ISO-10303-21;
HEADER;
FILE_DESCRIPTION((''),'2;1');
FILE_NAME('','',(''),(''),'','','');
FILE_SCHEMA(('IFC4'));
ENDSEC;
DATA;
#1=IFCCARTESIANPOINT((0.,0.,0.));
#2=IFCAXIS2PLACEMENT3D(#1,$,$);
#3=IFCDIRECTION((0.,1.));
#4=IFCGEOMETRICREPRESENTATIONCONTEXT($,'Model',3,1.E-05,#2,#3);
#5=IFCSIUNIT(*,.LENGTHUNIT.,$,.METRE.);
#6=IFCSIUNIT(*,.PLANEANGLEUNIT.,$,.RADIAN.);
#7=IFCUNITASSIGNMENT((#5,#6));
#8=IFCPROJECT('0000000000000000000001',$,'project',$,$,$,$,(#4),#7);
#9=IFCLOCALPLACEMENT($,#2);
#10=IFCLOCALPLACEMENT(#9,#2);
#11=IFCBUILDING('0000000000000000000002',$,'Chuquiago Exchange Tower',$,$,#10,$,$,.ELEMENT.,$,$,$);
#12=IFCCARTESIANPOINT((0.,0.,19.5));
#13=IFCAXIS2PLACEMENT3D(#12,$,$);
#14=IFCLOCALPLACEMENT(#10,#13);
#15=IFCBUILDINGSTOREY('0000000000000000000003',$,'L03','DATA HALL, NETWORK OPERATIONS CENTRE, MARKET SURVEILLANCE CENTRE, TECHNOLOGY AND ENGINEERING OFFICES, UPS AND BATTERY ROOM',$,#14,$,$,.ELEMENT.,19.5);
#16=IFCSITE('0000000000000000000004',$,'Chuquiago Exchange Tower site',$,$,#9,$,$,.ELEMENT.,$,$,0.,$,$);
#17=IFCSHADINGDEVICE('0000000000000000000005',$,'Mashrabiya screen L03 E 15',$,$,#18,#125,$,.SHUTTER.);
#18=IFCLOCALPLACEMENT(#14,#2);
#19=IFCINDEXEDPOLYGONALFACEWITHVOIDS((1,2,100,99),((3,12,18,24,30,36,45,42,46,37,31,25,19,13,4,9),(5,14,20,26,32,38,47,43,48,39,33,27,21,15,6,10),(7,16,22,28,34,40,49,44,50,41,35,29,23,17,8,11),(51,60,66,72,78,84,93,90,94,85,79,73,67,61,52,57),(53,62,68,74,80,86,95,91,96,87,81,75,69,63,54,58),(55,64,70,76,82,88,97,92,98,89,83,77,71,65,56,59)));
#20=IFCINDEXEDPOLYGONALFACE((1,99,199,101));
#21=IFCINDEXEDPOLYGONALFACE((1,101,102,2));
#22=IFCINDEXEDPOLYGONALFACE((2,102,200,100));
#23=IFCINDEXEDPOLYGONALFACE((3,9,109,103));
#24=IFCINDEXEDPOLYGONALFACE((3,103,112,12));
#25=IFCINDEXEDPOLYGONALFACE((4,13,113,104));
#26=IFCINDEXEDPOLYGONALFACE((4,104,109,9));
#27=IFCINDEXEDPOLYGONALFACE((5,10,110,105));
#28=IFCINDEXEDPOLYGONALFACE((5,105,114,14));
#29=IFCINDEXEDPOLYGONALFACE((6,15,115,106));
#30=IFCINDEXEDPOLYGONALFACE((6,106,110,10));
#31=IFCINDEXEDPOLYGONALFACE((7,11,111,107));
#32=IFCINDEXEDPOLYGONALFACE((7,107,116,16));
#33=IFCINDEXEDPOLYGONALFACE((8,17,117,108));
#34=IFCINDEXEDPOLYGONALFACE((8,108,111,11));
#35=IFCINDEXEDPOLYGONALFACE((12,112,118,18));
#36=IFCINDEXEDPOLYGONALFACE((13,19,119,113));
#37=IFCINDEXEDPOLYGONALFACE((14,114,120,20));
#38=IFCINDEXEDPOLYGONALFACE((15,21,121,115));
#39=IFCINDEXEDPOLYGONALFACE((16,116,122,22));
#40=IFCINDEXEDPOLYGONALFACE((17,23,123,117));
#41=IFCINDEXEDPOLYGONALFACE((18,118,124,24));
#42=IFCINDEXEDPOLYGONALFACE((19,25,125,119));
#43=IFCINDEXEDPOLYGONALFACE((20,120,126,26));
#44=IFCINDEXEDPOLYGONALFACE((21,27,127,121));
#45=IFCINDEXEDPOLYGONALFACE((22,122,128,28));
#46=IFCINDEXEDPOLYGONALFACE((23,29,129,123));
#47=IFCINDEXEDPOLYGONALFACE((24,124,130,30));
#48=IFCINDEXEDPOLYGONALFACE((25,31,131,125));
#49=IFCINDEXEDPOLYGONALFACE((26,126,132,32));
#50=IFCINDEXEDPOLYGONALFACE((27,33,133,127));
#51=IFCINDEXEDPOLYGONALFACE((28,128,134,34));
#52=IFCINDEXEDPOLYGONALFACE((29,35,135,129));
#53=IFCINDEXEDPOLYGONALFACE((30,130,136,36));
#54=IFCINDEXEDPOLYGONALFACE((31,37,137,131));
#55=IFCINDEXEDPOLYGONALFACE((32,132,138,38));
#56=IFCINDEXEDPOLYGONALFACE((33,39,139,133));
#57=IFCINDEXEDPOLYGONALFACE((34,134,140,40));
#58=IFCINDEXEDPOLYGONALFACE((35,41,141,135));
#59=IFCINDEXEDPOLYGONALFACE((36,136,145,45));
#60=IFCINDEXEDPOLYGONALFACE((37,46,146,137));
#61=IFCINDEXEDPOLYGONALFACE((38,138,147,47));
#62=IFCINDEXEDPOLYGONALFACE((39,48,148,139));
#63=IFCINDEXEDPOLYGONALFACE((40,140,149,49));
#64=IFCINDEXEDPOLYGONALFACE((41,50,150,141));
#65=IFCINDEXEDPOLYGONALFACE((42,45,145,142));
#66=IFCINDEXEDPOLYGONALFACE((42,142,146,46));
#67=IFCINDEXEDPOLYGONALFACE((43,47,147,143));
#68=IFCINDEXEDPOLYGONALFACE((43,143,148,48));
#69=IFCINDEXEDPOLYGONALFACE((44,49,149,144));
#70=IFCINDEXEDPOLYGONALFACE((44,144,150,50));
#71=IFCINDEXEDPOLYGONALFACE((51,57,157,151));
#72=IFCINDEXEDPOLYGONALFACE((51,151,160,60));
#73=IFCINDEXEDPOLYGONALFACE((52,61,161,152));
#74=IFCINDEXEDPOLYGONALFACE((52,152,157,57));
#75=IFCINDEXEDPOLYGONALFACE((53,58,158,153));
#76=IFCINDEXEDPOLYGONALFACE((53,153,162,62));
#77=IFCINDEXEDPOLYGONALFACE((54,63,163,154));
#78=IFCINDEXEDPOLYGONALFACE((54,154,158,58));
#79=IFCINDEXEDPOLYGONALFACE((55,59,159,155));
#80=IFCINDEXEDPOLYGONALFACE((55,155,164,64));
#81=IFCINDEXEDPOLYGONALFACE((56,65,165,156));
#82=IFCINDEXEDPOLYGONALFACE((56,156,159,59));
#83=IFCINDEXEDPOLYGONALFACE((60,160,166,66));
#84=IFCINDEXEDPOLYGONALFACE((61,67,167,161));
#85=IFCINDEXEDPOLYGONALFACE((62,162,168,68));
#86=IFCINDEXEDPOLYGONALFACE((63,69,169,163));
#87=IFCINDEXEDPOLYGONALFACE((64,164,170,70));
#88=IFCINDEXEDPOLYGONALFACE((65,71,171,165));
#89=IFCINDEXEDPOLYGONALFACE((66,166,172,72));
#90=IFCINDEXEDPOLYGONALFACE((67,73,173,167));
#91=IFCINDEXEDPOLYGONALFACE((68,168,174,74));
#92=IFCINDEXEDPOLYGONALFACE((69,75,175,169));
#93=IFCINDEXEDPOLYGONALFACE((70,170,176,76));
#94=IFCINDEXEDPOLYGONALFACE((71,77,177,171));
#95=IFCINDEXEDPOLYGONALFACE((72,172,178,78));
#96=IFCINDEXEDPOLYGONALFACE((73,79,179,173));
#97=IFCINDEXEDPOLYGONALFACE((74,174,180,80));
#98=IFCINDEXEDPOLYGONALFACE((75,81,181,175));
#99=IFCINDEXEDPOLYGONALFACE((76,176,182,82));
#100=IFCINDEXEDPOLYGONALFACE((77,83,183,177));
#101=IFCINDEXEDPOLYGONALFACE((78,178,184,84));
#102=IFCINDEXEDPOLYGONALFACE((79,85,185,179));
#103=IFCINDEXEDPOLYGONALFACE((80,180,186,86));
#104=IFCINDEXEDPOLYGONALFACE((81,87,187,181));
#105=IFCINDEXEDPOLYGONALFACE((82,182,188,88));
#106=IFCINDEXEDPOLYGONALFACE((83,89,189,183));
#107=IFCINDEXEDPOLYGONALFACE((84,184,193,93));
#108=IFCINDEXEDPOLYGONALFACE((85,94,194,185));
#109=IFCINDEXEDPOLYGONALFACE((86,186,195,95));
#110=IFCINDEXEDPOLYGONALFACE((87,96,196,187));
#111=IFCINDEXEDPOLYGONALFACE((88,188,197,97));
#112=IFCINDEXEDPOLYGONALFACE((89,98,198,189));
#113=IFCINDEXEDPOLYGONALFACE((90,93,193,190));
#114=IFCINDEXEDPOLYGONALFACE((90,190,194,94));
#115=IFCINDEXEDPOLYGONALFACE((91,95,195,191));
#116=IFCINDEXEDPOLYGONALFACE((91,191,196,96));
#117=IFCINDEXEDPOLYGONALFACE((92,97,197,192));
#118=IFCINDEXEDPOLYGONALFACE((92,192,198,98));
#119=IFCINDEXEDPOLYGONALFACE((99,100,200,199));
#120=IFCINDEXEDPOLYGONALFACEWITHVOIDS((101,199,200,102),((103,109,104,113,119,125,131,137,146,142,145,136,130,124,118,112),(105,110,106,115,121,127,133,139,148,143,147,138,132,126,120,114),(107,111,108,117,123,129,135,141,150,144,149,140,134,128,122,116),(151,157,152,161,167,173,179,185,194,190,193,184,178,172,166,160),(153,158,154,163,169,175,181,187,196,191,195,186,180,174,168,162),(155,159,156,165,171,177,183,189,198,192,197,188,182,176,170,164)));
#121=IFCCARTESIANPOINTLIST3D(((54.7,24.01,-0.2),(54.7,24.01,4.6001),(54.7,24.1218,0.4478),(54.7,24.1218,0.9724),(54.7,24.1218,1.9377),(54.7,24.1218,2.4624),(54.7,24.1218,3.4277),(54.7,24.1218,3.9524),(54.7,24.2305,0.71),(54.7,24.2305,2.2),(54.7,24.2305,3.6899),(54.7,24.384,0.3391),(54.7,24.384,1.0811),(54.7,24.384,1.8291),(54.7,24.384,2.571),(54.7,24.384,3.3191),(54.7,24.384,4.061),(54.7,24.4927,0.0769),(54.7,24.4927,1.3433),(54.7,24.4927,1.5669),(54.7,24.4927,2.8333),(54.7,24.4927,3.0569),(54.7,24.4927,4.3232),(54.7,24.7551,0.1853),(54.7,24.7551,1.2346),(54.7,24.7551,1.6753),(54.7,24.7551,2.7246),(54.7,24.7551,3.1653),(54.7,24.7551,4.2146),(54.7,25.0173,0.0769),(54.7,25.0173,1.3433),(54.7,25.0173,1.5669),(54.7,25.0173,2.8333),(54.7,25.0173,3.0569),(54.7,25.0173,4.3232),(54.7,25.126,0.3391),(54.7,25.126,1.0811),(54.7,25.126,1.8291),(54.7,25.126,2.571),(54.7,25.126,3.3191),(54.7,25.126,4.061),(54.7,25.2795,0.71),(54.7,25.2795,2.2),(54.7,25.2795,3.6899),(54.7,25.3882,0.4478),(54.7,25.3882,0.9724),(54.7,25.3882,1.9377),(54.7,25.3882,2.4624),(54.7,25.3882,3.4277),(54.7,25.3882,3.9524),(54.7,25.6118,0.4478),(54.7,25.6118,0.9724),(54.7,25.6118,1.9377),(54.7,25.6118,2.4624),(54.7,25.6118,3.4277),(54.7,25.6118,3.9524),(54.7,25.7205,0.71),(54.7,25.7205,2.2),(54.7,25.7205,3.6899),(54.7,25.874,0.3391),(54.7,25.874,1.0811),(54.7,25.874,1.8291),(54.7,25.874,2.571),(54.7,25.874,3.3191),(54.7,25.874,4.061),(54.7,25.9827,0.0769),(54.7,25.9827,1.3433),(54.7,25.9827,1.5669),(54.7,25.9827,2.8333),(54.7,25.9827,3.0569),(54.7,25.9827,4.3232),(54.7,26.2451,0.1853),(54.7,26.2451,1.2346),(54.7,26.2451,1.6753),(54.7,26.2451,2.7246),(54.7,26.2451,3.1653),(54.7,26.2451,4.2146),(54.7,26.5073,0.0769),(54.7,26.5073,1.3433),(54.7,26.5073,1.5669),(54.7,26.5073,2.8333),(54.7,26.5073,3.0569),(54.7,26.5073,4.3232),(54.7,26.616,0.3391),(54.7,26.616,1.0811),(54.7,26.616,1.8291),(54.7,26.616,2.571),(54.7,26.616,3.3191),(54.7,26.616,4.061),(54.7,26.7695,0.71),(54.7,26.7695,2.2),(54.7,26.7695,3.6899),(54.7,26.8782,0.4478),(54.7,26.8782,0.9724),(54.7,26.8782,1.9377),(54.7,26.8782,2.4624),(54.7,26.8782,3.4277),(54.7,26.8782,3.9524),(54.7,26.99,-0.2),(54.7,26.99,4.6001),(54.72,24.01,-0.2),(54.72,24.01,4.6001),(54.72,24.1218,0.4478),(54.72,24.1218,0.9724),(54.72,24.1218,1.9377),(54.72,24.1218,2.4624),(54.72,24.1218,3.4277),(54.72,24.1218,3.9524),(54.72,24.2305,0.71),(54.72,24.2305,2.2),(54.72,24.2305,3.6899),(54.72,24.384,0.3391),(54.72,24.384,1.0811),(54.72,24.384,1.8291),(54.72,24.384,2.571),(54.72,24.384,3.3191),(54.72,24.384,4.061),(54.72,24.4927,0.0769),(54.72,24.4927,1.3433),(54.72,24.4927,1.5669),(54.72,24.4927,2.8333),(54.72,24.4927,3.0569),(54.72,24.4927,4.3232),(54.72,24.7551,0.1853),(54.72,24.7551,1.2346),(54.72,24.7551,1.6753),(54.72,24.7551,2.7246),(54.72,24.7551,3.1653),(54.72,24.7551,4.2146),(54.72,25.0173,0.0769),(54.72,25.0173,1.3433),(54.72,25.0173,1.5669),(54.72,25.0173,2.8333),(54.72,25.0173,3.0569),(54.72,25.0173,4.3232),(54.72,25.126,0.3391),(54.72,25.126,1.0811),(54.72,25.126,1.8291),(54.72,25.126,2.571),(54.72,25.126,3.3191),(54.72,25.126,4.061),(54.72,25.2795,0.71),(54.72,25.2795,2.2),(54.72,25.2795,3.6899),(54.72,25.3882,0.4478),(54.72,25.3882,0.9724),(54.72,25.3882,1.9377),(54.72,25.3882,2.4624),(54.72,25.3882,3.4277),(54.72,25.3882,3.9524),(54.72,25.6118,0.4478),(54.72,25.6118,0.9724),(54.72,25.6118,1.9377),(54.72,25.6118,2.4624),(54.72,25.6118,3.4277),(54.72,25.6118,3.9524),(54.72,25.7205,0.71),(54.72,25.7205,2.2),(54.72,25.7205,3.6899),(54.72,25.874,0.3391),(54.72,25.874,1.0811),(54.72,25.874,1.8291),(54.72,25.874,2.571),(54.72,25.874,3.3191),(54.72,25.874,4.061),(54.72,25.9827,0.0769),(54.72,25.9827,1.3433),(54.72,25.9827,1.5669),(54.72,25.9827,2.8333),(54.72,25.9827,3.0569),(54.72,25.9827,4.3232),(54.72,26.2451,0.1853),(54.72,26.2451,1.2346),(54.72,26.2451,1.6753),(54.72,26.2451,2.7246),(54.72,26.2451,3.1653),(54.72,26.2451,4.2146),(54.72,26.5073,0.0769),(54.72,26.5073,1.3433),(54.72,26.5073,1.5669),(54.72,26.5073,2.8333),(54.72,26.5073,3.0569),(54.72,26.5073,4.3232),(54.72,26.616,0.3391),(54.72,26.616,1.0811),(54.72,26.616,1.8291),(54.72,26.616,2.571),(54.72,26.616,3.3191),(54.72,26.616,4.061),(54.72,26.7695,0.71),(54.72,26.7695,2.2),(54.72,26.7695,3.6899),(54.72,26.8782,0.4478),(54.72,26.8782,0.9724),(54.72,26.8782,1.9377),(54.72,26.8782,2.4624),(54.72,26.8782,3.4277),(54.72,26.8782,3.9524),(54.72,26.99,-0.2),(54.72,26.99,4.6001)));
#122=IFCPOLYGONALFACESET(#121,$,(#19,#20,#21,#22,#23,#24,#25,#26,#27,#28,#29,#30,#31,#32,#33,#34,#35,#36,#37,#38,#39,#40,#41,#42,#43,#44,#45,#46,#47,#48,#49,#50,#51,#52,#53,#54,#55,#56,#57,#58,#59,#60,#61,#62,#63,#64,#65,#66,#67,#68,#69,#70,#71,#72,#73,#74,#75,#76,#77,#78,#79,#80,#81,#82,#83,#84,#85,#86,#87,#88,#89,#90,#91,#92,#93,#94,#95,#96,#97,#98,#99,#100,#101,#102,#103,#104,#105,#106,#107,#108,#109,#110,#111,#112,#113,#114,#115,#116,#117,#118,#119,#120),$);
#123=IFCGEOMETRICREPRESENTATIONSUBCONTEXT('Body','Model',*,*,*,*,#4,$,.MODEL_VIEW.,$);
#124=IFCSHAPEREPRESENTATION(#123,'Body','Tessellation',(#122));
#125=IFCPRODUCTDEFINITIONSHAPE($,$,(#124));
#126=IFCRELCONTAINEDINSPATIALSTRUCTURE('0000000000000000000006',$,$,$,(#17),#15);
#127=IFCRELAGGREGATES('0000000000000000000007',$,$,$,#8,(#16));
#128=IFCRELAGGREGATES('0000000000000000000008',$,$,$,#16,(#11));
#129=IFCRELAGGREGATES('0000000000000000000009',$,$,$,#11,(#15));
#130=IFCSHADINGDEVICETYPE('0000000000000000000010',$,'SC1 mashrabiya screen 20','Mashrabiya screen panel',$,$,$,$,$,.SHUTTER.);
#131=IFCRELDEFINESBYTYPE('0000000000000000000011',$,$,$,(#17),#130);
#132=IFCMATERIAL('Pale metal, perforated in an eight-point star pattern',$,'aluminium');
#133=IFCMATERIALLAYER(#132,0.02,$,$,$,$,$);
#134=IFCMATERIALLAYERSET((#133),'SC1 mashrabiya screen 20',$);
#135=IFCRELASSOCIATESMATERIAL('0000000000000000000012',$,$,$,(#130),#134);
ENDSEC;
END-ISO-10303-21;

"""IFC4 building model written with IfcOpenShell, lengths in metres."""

from ifc_helpers import new_model, si_unit, direction, frame, origin, place, context, subcontext, project, spatial, polyline, outline, extrude, material, layer, layer_set, type_object, element, save


model = new_model("IFC4")

# Units and contexts
model_context = context("Model", 3, precision=1e-05, world=origin(), true_north=direction((0.0, 1.0)))
body_context = subcontext(model_context, "Body", "Model", "MODEL_VIEW")
ifc_project = project(units=[si_unit("LENGTHUNIT", "METRE"), si_unit("PLANEANGLEUNIT", "RADIAN")], contexts=[model_context])

# Site, building, storey
site_placement = place(None, origin())
site = spatial("IfcSite", under=ifc_project, at=site_placement, Name="Chuquiago Exchange Tower site", CompositionType="ELEMENT", RefElevation=0.0)
building_placement = place(site_placement, origin())
building = spatial("IfcBuilding", under=site, at=building_placement, Name="Chuquiago Exchange Tower", CompositionType="ELEMENT")
storey_placement = place(building_placement, frame((0.0, 0.0, 19.5)))
storey = spatial("IfcBuildingStorey", under=building, at=storey_placement, Name="L03", Description="DATA HALL, NETWORK OPERATIONS CENTRE, MARKET SURVEILLANCE CENTRE, TECHNOLOGY AND ENGINEERING OFFICES, UPS AND BATTERY ROOM", CompositionType="ELEMENT", Elevation=19.5)

# Shading device
ifc_material_1 = material(Name="Pale metal, perforated in an eight-point star pattern", Category="aluminium")
ifc_layer_1 = layer(ifc_material_1, 0.02)
ifc_layer_set_1 = layer_set([ifc_layer_1], Name="SC1 mashrabiya screen 20")
shading_device_type = type_object("IfcShadingDeviceType", Name="SC1 mashrabiya screen 20", Description="Mashrabiya screen panel", PredefinedType="SHUTTER", material=ifc_layer_set_1)
shading_device_1_placement = place(storey_placement, frame((54.7, 24.01, -0.2), z_axis=(0.0, 0.0, 1.0), x_axis=(0.0, 1.0, 0.0)))
element("IfcShadingDevice", 1, at=shading_device_1_placement, inside=storey, type_object=shading_device_type, Name="Mashrabiya screen L03 E 15", PredefinedType="SHUTTER", context=body_context, shape_type="SweptSolid", body=[
    extrude(outline(polyline([(0.0, 0.0), (2.98, 0.0), (2.98, 4.8), (0.0, 4.8), (0.0, 0.0)]), holes=[polyline([(1.2695, 0.9099), (1.3782, 1.1724), (1.116, 1.281), (1.0073, 1.5432), (0.7451, 1.4346), (0.4827, 1.5432), (0.374, 1.281), (0.1118, 1.1724), (0.2205, 0.9099), (0.1118, 0.6477), (0.374, 0.5391), (0.4827, 0.2769), (0.7451, 0.3853), (1.0073, 0.2769), (1.116, 0.5391), (1.3782, 0.6477), (1.2695, 0.9099)]), polyline([(2.7595, 0.9099), (2.8682, 1.1724), (2.606, 1.281), (2.4973, 1.5432), (2.2351, 1.4346), (1.9727, 1.5432), (1.864, 1.281), (1.6018, 1.1724), (1.7104, 0.9099), (1.6018, 0.6477), (1.864, 0.5391), (1.9727, 0.2769), (2.2351, 0.3853), (2.4973, 0.2769), (2.606, 0.5391), (2.8682, 0.6477), (2.7595, 0.9099)]), polyline([(1.2695, 2.3999), (1.3782, 2.6624), (1.116, 2.771), (1.0073, 3.0332), (0.7451, 2.9246), (0.4827, 3.0332), (0.374, 2.771), (0.1118, 2.6624), (0.2205, 2.3999), (0.1118, 2.1377), (0.374, 2.0291), (0.4827, 1.7668), (0.7451, 1.8752), (1.0073, 1.7668), (1.116, 2.0291), (1.3782, 2.1377), (1.2695, 2.3999)]), polyline([(2.7595, 2.3999), (2.8682, 2.6624), (2.606, 2.771), (2.4973, 3.0332), (2.2351, 2.9246), (1.9727, 3.0332), (1.864, 2.771), (1.6018, 2.6624), (1.7104, 2.3999), (1.6018, 2.1377), (1.864, 2.0291), (1.9727, 1.7668), (2.2351, 1.8752), (2.4973, 1.7668), (2.606, 2.0291), (2.8682, 2.1377), (2.7595, 2.3999)]), polyline([(1.2695, 3.8899), (1.3782, 4.1523), (1.116, 4.261), (1.0073, 4.5232), (0.7451, 4.4146), (0.4827, 4.5232), (0.374, 4.261), (0.1118, 4.1523), (0.2205, 3.8899), (0.1118, 3.6277), (0.374, 3.519), (0.4827, 3.2568), (0.7451, 3.3652), (1.0073, 3.2568), (1.116, 3.519), (1.3782, 3.6277), (1.2695, 3.8899)]), polyline([(2.7595, 3.8899), (2.8682, 4.1523), (2.606, 4.261), (2.4973, 4.5232), (2.2351, 4.4146), (1.9727, 4.5232), (1.864, 4.261), (1.6018, 4.1523), (1.7104, 3.8899), (1.6018, 3.6277), (1.864, 3.519), (1.9727, 3.2568), (2.2351, 3.3652), (2.4973, 3.2568), (2.606, 3.519), (2.8682, 3.6277), (2.7595, 3.8899)])]), frame((0.0, 0.0, 0.0), z_axis=(0.0, -1.0, 0.0), x_axis=(1.0, 0.0, 0.0)), (0.0, 0.0, 1.0), 0.02),
])

save(model, "model.ifc")
